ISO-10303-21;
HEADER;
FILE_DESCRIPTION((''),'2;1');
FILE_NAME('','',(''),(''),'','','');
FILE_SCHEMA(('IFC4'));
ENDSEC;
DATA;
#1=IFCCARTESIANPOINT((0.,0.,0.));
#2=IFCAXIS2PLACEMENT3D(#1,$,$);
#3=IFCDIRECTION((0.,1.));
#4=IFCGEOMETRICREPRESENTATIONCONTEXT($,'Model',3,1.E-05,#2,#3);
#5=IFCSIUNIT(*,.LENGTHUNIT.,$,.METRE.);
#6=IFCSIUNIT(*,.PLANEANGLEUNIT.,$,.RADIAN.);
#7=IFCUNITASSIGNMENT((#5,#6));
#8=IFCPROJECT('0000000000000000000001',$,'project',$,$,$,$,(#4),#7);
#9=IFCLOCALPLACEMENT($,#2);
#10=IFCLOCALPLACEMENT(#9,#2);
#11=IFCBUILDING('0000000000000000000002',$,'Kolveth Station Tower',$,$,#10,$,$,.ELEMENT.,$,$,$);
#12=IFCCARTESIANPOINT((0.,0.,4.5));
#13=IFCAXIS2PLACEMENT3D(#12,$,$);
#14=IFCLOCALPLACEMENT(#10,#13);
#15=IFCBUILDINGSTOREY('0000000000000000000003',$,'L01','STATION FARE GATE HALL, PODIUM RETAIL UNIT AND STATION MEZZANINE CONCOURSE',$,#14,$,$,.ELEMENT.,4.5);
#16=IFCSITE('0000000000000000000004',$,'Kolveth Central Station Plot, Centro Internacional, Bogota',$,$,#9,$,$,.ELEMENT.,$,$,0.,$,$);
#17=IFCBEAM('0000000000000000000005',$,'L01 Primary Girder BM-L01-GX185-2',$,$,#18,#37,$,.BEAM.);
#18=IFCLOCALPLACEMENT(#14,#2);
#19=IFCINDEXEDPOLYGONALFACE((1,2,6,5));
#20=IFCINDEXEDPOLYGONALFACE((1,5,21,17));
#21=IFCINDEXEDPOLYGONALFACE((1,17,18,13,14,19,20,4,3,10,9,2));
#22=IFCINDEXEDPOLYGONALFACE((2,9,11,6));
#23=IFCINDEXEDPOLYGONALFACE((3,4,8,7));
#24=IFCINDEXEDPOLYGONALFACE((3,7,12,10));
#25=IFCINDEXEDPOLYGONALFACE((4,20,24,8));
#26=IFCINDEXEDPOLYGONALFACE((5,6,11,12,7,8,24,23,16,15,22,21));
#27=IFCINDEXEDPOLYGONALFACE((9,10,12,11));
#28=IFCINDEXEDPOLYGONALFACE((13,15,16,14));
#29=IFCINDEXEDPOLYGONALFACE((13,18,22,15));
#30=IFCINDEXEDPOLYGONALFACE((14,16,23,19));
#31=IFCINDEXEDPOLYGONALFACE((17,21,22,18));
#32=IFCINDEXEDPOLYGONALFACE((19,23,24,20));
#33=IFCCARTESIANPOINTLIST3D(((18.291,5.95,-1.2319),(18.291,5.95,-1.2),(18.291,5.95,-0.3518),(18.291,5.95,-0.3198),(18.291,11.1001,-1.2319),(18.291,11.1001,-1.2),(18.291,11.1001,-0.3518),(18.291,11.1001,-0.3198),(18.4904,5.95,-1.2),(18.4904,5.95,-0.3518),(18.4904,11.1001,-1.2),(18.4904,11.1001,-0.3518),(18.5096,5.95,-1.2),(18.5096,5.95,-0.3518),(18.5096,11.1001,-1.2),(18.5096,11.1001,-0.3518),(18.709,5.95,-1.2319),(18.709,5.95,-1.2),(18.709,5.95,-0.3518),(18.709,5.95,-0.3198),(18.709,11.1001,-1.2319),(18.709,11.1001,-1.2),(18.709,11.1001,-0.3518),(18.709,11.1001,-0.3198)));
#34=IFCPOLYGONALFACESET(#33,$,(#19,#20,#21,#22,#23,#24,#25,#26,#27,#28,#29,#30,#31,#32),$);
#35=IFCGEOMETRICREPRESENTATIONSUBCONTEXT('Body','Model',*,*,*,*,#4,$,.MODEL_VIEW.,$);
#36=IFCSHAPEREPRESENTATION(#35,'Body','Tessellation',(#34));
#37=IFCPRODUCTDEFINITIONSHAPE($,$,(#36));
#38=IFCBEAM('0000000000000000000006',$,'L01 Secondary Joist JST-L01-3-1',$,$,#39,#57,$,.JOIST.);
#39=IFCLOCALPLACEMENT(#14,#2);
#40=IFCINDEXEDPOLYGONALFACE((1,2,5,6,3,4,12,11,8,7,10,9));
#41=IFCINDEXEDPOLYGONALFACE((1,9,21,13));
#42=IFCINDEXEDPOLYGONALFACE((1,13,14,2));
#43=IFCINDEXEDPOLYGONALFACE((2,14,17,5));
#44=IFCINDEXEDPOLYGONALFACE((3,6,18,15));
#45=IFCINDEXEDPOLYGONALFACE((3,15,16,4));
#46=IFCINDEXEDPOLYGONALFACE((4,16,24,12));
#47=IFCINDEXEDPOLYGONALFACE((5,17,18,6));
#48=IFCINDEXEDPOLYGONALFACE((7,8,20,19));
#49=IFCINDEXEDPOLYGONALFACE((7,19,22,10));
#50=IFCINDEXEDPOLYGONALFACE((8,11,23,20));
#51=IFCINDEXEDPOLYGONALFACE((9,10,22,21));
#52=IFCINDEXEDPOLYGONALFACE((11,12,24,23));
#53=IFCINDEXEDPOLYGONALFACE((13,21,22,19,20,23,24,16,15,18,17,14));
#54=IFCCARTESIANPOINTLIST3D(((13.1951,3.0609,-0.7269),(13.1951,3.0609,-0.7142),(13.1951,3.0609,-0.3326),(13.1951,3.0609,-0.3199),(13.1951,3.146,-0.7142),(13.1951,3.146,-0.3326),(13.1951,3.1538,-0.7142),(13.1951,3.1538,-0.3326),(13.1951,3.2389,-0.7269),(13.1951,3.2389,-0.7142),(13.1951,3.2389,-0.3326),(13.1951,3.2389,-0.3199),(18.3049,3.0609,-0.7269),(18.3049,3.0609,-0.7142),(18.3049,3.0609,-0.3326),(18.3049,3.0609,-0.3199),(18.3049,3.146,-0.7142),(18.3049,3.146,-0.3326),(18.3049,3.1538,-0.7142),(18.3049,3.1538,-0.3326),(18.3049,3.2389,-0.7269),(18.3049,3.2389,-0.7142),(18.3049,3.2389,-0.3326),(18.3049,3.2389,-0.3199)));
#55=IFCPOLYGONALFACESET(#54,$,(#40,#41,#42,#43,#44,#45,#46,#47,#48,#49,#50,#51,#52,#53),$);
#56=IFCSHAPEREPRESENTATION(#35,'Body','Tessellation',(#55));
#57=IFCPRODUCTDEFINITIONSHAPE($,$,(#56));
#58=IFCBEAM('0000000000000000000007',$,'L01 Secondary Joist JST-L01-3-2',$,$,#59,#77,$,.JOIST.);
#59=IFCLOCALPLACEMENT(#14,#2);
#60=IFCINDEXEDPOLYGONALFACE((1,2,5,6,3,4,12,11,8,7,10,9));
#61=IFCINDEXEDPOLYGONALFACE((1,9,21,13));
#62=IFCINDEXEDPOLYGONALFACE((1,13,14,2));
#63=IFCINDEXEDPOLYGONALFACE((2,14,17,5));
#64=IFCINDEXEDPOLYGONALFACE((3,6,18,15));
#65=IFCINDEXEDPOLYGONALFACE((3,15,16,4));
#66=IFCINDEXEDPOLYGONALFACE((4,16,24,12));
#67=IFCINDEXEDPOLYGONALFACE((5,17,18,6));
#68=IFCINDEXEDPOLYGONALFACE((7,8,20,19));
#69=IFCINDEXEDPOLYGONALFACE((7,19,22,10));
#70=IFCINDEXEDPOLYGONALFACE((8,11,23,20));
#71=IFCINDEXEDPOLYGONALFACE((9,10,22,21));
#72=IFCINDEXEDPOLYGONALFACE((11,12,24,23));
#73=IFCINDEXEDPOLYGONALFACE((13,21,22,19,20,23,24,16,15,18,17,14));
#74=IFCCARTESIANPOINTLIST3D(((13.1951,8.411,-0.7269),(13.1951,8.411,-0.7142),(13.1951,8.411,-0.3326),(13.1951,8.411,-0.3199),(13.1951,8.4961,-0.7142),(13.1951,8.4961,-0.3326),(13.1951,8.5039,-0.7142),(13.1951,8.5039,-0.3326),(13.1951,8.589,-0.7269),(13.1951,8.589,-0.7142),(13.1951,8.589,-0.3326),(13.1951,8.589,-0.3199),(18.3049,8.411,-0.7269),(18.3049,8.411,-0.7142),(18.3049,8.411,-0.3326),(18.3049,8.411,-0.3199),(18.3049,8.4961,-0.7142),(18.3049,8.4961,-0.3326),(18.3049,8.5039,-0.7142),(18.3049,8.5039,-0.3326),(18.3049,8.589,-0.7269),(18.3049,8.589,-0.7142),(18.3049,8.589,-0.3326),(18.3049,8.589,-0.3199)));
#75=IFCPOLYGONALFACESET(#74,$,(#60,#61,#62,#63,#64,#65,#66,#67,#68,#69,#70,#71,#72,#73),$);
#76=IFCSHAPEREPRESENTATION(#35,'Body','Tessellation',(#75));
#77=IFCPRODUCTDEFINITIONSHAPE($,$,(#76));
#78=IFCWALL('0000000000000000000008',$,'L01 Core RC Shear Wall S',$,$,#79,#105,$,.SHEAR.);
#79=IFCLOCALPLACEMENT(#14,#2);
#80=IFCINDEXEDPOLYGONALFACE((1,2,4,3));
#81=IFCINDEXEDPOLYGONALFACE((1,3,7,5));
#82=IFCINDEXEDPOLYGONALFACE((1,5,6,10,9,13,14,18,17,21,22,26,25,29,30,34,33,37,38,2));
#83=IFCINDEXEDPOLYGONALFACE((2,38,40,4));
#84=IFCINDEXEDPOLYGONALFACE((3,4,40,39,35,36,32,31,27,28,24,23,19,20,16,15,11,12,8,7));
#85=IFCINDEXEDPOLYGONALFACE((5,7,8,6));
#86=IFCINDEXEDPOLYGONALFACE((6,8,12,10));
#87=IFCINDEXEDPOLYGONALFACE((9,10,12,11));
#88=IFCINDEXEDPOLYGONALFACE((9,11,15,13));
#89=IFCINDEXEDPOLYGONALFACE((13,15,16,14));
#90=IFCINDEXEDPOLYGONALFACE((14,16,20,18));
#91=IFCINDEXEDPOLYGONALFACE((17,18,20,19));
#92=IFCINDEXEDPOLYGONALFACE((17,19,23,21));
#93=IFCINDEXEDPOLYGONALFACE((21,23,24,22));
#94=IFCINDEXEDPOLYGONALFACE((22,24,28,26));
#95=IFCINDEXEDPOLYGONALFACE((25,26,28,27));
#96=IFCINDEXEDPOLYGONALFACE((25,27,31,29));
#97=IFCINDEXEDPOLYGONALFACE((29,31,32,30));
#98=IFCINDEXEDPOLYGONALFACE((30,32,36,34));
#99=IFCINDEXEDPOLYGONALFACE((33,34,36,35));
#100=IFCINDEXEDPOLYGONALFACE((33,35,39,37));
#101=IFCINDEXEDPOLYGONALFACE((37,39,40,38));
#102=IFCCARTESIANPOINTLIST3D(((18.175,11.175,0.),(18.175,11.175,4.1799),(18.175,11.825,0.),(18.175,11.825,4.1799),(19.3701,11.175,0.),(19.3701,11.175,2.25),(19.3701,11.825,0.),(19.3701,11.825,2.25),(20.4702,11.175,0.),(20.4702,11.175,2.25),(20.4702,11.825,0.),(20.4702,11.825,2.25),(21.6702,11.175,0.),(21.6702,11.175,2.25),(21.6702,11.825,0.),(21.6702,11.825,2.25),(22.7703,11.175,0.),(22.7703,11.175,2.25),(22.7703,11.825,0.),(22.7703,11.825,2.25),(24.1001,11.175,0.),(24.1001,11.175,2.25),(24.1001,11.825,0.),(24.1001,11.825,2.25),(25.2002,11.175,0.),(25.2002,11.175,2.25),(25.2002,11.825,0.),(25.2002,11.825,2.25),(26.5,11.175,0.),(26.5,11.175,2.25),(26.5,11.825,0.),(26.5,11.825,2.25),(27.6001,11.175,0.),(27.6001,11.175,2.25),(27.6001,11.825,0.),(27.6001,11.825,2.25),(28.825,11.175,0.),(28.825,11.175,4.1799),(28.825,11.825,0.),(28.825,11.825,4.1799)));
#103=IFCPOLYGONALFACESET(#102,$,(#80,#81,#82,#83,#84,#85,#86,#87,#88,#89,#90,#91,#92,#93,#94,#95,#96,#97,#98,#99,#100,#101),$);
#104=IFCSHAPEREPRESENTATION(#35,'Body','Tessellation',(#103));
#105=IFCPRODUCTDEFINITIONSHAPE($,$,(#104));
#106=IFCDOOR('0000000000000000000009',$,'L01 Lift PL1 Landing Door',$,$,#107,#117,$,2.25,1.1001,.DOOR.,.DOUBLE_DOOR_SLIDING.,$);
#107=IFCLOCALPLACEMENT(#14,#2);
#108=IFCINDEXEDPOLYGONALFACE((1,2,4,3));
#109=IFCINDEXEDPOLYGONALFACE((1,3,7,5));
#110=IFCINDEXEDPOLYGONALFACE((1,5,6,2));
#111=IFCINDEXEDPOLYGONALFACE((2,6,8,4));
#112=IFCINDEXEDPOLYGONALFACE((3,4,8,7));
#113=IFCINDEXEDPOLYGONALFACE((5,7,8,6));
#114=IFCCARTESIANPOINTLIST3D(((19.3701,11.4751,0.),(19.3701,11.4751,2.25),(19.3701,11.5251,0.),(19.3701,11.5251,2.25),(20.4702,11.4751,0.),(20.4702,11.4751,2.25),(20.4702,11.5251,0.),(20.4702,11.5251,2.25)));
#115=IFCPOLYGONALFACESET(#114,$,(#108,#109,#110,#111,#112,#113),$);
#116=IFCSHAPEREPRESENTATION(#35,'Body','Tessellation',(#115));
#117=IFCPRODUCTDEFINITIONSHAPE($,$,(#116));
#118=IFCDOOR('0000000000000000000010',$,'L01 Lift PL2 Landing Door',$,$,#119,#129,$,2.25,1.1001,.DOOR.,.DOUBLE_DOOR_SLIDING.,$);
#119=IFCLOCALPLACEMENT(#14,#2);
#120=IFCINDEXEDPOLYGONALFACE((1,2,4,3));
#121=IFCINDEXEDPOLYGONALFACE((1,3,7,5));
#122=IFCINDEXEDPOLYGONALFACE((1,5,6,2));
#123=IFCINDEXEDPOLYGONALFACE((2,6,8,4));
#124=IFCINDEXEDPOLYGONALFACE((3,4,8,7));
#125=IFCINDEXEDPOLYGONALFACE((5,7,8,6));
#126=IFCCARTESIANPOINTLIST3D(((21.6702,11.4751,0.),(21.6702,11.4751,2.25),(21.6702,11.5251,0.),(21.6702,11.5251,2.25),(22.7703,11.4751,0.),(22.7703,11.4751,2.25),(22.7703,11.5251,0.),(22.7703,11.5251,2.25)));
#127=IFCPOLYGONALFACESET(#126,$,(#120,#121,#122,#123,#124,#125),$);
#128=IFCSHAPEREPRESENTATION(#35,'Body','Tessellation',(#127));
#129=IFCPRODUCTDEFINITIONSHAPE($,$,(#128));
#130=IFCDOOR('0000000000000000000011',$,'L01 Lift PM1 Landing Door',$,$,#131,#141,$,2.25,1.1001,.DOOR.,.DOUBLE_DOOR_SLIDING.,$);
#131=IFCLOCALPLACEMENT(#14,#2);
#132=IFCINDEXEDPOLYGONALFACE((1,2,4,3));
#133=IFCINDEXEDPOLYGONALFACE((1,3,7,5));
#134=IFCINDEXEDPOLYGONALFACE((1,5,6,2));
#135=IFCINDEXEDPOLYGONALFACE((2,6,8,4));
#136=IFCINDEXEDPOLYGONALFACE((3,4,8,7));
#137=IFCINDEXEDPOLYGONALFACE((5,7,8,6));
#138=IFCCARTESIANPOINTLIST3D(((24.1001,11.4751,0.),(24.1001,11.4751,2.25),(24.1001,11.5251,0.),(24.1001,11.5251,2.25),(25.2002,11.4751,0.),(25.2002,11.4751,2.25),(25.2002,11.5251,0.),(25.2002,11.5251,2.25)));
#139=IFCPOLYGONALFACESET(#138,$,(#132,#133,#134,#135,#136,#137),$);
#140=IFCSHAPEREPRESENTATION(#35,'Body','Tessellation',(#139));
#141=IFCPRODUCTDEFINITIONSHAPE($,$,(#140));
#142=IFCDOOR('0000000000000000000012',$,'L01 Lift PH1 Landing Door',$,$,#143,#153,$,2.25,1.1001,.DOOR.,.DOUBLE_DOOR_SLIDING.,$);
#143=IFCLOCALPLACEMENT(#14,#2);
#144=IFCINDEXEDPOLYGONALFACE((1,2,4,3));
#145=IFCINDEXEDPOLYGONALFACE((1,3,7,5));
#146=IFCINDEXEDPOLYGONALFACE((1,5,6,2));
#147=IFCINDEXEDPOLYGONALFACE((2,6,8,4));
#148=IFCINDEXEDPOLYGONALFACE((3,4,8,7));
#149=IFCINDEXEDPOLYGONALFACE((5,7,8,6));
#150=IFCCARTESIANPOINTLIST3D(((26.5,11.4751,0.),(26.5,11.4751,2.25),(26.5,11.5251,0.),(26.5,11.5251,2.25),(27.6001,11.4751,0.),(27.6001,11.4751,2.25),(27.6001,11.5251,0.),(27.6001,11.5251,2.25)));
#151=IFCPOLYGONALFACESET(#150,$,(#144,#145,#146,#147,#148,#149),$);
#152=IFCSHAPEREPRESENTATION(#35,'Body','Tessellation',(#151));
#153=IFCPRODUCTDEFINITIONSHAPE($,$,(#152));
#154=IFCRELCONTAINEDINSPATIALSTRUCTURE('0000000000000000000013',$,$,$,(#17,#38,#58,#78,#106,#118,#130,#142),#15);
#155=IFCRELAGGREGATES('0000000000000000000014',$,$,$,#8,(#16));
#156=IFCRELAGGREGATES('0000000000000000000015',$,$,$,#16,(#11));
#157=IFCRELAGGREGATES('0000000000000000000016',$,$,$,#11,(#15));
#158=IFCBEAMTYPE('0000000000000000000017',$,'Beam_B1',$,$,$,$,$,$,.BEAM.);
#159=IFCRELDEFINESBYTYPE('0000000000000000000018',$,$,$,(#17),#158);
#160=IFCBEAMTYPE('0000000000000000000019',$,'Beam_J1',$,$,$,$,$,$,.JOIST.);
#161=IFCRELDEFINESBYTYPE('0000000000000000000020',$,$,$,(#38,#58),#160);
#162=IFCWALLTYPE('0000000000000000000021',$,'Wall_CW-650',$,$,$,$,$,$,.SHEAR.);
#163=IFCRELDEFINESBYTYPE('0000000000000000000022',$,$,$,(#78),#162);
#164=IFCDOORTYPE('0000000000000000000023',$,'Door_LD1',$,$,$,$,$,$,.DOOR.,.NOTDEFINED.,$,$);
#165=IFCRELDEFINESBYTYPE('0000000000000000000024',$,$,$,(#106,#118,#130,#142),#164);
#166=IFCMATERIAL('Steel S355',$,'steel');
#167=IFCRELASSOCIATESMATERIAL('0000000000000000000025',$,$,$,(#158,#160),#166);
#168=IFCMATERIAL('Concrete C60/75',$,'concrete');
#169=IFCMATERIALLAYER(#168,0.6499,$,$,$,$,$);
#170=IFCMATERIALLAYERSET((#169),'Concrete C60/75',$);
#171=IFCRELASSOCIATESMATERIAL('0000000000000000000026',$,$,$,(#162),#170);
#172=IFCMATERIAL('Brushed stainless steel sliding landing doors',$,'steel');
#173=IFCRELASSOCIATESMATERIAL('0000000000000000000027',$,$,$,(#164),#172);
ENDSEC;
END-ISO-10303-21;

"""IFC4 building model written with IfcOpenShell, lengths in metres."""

from ifc_helpers import new_model, si_unit, direction, frame, frame_2d, origin, origin_2d, place, context, subcontext, project, spatial, rectangle, i_section, extrude, source, transform, mapped, material, layer, layer_set, material_profile, profile_set, type_object, element, fill, save


model = new_model("IFC4")

# Units and contexts
model_context = context("Model", 3, precision=1e-05, world=origin(), true_north=direction((0.0, 1.0)))
body_context = subcontext(model_context, "Body", "Model", "MODEL_VIEW")
ifc_project = project(units=[si_unit("LENGTHUNIT", "METRE"), si_unit("PLANEANGLEUNIT", "RADIAN")], contexts=[model_context])

# Site, building, storey
site_placement = place(None, origin())
site = spatial("IfcSite", under=ifc_project, at=site_placement, Name="Kolveth Central Station Plot, Centro Internacional, Bogota", CompositionType="ELEMENT", RefElevation=0.0)
building_placement = place(site_placement, origin())
building = spatial("IfcBuilding", under=site, at=building_placement, Name="Kolveth Station Tower", CompositionType="ELEMENT")
storey_placement = place(building_placement, frame((0.0, 0.0, 4.5)))
storey = spatial("IfcBuildingStorey", under=building, at=storey_placement, Name="L01", Description="STATION FARE GATE HALL, PODIUM RETAIL UNIT AND STATION MEZZANINE CONCOURSE", CompositionType="ELEMENT", Elevation=4.5)

# Beams
ifc_material_1 = material(Name="Steel S355", Category="steel")
ifc_material_profile_1 = material_profile(ifc_material_1, i_section(OverallWidth=0.418, OverallDepth=0.9121, WebThickness=0.0193, FlangeThickness=0.032, at=origin_2d()), Name="W920x342")
ifc_profile_set_1 = profile_set([ifc_material_profile_1], Name="Steel S355")
beam_type_1 = type_object("IfcBeamType", Name="Beam_B1", PredefinedType="BEAM", material=ifc_profile_set_1)
shared_shape_1 = source(origin(), body_context, "Body", "SweptSolid", [
    extrude(i_section(OverallWidth=0.418, OverallDepth=0.9121, WebThickness=0.0193, FlangeThickness=0.032, at=origin_2d()), origin(), (0.0, 0.0, 1.0), 5.1501),
])
beam_1_placement = place(storey_placement, frame((18.5, 5.95, -0.7759), z_axis=(0.0, 1.0, 0.0), x_axis=(-1.0, 0.0, 0.0)))
element("IfcBeam", 1, at=beam_1_placement, inside=storey, type_object=beam_type_1, Name="L01 Primary Girder BM-L01-GX185-2", PredefinedType="BEAM", context=body_context, shape_type="MappedRepresentation", body=[
    mapped(shared_shape_1, transform((0.0, 0.0, 0.0), x_axis=(1.0, 0.0, 0.0), y_axis=(0.0, 1.0, 0.0), z_axis=(0.0, 0.0, 1.0), scale=1.0)),
])
ifc_material_profile_2 = material_profile(ifc_material_1, i_section(OverallWidth=0.178, OverallDepth=0.407, WebThickness=0.0078, FlangeThickness=0.0127, at=origin_2d()), Name="W410x60")
ifc_profile_set_2 = profile_set([ifc_material_profile_2], Name="Steel S355")
beam_type_2 = type_object("IfcBeamType", Name="Beam_J1", PredefinedType="JOIST", material=ifc_profile_set_2)
shared_shape_2 = source(origin(), body_context, "Body", "SweptSolid", [
    extrude(i_section(OverallWidth=0.178, OverallDepth=0.407, WebThickness=0.0078, FlangeThickness=0.0127, at=origin_2d()), origin(), (0.0, 0.0, 1.0), 5.1099),
])
for number, where, z_axis, x_axis, name in (
    (2, (13.1951, 3.1499, -0.5234), (1.0, 0.0, 0.0), (0.0, 1.0, 0.0), "L01 Secondary Joist JST-L01-3-1"),
    (3, (13.1951, 8.5, -0.5234), (1.0, 0.0, 0.0), (0.0, 1.0, 0.0), "L01 Secondary Joist JST-L01-3-2"),
):
    element("IfcBeam", number, at=place(storey_placement, frame(where, z_axis=z_axis, x_axis=x_axis)), inside=storey, type_object=beam_type_2, Name=name, PredefinedType="JOIST", context=body_context, shape_type="MappedRepresentation", body=[
        mapped(shared_shape_2, transform((0.0, 0.0, 0.0), x_axis=(1.0, 0.0, 0.0), y_axis=(0.0, 1.0, 0.0), z_axis=(0.0, 0.0, 1.0), scale=1.0)),
    ])

# Wall, openings, doors
ifc_material_2 = material(Name="Concrete C60/75", Category="concrete")
ifc_layer_1 = layer(ifc_material_2, 0.6499)
ifc_layer_set_1 = layer_set([ifc_layer_1], Name="Concrete C60/75")
wall_type_1 = type_object("IfcWallType", Name="Wall_CW-650", PredefinedType="SHEAR", material=ifc_layer_set_1)
wall_1_placement = place(storey_placement, frame((18.175, 11.5, 0.0), z_axis=(0.0, 0.0, 1.0), x_axis=(1.0, 0.0, 0.0)))
wall_1 = element("IfcWall", 4, at=wall_1_placement, inside=storey, type_object=wall_type_1, Name="L01 Core RC Shear Wall S", PredefinedType="SHEAR", context=body_context, shape_type="SweptSolid", body=[
    extrude(rectangle(XDim=10.6499, YDim=0.6499, at=frame_2d((5.325, 0.0))), origin(), (0.0, 0.0, 1.0), 4.1799),
])
opening_1_placement = place(wall_1_placement, frame((1.1951, 0.0, 0.0)))
opening_1 = element("IfcOpeningElement", 5, at=opening_1_placement, cuts=wall_1, PredefinedType="OPENING", context=body_context, shape_type="SweptSolid", body=[
    extrude(rectangle(XDim=1.1001, YDim=2.25, at=frame_2d((0.55, 1.125))), frame((0.0, 0.335, 0.0), z_axis=(0.0, -1.0, 0.0), x_axis=(1.0, 0.0, 0.0)), (0.0, 0.0, 1.0), 0.6699),
])
opening_2_placement = place(wall_1_placement, frame((3.4951, 0.0, 0.0)))
opening_2 = element("IfcOpeningElement", 6, at=opening_2_placement, cuts=wall_1, PredefinedType="OPENING", context=body_context, shape_type="SweptSolid", body=[
    extrude(rectangle(XDim=1.1001, YDim=2.25, at=frame_2d((0.55, 1.125))), frame((0.0, 0.335, 0.0), z_axis=(0.0, -1.0, 0.0), x_axis=(1.0, 0.0, 0.0)), (0.0, 0.0, 1.0), 0.6699),
])
opening_3_placement = place(wall_1_placement, frame((5.925, 0.0, 0.0)))
opening_3 = element("IfcOpeningElement", 7, at=opening_3_placement, cuts=wall_1, PredefinedType="OPENING", context=body_context, shape_type="SweptSolid", body=[
    extrude(rectangle(XDim=1.1001, YDim=2.25, at=frame_2d((0.55, 1.125))), frame((0.0, 0.335, 0.0), z_axis=(0.0, -1.0, 0.0), x_axis=(1.0, 0.0, 0.0)), (0.0, 0.0, 1.0), 0.6699),
])
opening_4_placement = place(wall_1_placement, frame((8.325, 0.0, 0.0)))
opening_4 = element("IfcOpeningElement", 8, at=opening_4_placement, cuts=wall_1, PredefinedType="OPENING", context=body_context, shape_type="SweptSolid", body=[
    extrude(rectangle(XDim=1.1001, YDim=2.25, at=frame_2d((0.55, 1.125))), frame((0.0, 0.335, 0.0), z_axis=(0.0, -1.0, 0.0), x_axis=(1.0, 0.0, 0.0)), (0.0, 0.0, 1.0), 0.6699),
])
ifc_material_3 = material(Name="Brushed stainless steel sliding landing doors", Category="steel")
door_type_1 = type_object("IfcDoorType", Name="Door_LD1", OperationType="NOTDEFINED", PredefinedType="DOOR", material=ifc_material_3)
door_1_placement = place(opening_1_placement, frame((1.1001, 0.0, 0.0), z_axis=(0.0, 0.0, 1.0), x_axis=(-1.0, 0.0, 0.0)))
door_1 = element("IfcDoor", 9, at=door_1_placement, inside=storey, type_object=door_type_1, Name="L01 Lift PL1 Landing Door", OperationType="DOUBLE_DOOR_SLIDING", OverallHeight=2.25, OverallWidth=1.1001, PredefinedType="DOOR", context=body_context, shape_type="SweptSolid", body=[
    extrude(rectangle(XDim=1.1001, YDim=2.25, at=frame_2d((0.55, 1.125))), frame((0.0, 0.0249, 0.0), z_axis=(0.0, -1.0, 0.0), x_axis=(1.0, 0.0, 0.0)), (0.0, 0.0, 1.0), 0.05),
])
fill(opening_1, door_1)
door_2_placement = place(opening_2_placement, frame((1.1001, 0.0, 0.0), z_axis=(0.0, 0.0, 1.0), x_axis=(-1.0, 0.0, 0.0)))
door_2 = element("IfcDoor", 10, at=door_2_placement, inside=storey, type_object=door_type_1, Name="L01 Lift PL2 Landing Door", OperationType="DOUBLE_DOOR_SLIDING", OverallHeight=2.25, OverallWidth=1.1001, PredefinedType="DOOR", context=body_context, shape_type="SweptSolid", body=[
    extrude(rectangle(XDim=1.1001, YDim=2.25, at=frame_2d((0.55, 1.125))), frame((0.0, 0.0249, 0.0), z_axis=(0.0, -1.0, 0.0), x_axis=(1.0, 0.0, 0.0)), (0.0, 0.0, 1.0), 0.05),
])
fill(opening_2, door_2)
door_3_placement = place(opening_3_placement, frame((1.1001, 0.0, 0.0), z_axis=(0.0, 0.0, 1.0), x_axis=(-1.0, 0.0, 0.0)))
door_3 = element("IfcDoor", 11, at=door_3_placement, inside=storey, type_object=door_type_1, Name="L01 Lift PM1 Landing Door", OperationType="DOUBLE_DOOR_SLIDING", OverallHeight=2.25, OverallWidth=1.1001, PredefinedType="DOOR", context=body_context, shape_type="SweptSolid", body=[
    extrude(rectangle(XDim=1.1001, YDim=2.25, at=frame_2d((0.55, 1.125))), frame((0.0, 0.0249, 0.0), z_axis=(0.0, -1.0, 0.0), x_axis=(1.0, 0.0, 0.0)), (0.0, 0.0, 1.0), 0.05),
])
fill(opening_3, door_3)
door_4_placement = place(opening_4_placement, frame((1.1001, 0.0, 0.0), z_axis=(0.0, 0.0, 1.0), x_axis=(-1.0, 0.0, 0.0)))
door_4 = element("IfcDoor", 12, at=door_4_placement, inside=storey, type_object=door_type_1, Name="L01 Lift PH1 Landing Door", OperationType="DOUBLE_DOOR_SLIDING", OverallHeight=2.25, OverallWidth=1.1001, PredefinedType="DOOR", context=body_context, shape_type="SweptSolid", body=[
    extrude(rectangle(XDim=1.1001, YDim=2.25, at=frame_2d((0.55, 1.125))), frame((0.0, 0.0249, 0.0), z_axis=(0.0, -1.0, 0.0), x_axis=(1.0, 0.0, 0.0)), (0.0, 0.0, 1.0), 0.05),
])
fill(opening_4, door_4)

save(model, "model.ifc")
